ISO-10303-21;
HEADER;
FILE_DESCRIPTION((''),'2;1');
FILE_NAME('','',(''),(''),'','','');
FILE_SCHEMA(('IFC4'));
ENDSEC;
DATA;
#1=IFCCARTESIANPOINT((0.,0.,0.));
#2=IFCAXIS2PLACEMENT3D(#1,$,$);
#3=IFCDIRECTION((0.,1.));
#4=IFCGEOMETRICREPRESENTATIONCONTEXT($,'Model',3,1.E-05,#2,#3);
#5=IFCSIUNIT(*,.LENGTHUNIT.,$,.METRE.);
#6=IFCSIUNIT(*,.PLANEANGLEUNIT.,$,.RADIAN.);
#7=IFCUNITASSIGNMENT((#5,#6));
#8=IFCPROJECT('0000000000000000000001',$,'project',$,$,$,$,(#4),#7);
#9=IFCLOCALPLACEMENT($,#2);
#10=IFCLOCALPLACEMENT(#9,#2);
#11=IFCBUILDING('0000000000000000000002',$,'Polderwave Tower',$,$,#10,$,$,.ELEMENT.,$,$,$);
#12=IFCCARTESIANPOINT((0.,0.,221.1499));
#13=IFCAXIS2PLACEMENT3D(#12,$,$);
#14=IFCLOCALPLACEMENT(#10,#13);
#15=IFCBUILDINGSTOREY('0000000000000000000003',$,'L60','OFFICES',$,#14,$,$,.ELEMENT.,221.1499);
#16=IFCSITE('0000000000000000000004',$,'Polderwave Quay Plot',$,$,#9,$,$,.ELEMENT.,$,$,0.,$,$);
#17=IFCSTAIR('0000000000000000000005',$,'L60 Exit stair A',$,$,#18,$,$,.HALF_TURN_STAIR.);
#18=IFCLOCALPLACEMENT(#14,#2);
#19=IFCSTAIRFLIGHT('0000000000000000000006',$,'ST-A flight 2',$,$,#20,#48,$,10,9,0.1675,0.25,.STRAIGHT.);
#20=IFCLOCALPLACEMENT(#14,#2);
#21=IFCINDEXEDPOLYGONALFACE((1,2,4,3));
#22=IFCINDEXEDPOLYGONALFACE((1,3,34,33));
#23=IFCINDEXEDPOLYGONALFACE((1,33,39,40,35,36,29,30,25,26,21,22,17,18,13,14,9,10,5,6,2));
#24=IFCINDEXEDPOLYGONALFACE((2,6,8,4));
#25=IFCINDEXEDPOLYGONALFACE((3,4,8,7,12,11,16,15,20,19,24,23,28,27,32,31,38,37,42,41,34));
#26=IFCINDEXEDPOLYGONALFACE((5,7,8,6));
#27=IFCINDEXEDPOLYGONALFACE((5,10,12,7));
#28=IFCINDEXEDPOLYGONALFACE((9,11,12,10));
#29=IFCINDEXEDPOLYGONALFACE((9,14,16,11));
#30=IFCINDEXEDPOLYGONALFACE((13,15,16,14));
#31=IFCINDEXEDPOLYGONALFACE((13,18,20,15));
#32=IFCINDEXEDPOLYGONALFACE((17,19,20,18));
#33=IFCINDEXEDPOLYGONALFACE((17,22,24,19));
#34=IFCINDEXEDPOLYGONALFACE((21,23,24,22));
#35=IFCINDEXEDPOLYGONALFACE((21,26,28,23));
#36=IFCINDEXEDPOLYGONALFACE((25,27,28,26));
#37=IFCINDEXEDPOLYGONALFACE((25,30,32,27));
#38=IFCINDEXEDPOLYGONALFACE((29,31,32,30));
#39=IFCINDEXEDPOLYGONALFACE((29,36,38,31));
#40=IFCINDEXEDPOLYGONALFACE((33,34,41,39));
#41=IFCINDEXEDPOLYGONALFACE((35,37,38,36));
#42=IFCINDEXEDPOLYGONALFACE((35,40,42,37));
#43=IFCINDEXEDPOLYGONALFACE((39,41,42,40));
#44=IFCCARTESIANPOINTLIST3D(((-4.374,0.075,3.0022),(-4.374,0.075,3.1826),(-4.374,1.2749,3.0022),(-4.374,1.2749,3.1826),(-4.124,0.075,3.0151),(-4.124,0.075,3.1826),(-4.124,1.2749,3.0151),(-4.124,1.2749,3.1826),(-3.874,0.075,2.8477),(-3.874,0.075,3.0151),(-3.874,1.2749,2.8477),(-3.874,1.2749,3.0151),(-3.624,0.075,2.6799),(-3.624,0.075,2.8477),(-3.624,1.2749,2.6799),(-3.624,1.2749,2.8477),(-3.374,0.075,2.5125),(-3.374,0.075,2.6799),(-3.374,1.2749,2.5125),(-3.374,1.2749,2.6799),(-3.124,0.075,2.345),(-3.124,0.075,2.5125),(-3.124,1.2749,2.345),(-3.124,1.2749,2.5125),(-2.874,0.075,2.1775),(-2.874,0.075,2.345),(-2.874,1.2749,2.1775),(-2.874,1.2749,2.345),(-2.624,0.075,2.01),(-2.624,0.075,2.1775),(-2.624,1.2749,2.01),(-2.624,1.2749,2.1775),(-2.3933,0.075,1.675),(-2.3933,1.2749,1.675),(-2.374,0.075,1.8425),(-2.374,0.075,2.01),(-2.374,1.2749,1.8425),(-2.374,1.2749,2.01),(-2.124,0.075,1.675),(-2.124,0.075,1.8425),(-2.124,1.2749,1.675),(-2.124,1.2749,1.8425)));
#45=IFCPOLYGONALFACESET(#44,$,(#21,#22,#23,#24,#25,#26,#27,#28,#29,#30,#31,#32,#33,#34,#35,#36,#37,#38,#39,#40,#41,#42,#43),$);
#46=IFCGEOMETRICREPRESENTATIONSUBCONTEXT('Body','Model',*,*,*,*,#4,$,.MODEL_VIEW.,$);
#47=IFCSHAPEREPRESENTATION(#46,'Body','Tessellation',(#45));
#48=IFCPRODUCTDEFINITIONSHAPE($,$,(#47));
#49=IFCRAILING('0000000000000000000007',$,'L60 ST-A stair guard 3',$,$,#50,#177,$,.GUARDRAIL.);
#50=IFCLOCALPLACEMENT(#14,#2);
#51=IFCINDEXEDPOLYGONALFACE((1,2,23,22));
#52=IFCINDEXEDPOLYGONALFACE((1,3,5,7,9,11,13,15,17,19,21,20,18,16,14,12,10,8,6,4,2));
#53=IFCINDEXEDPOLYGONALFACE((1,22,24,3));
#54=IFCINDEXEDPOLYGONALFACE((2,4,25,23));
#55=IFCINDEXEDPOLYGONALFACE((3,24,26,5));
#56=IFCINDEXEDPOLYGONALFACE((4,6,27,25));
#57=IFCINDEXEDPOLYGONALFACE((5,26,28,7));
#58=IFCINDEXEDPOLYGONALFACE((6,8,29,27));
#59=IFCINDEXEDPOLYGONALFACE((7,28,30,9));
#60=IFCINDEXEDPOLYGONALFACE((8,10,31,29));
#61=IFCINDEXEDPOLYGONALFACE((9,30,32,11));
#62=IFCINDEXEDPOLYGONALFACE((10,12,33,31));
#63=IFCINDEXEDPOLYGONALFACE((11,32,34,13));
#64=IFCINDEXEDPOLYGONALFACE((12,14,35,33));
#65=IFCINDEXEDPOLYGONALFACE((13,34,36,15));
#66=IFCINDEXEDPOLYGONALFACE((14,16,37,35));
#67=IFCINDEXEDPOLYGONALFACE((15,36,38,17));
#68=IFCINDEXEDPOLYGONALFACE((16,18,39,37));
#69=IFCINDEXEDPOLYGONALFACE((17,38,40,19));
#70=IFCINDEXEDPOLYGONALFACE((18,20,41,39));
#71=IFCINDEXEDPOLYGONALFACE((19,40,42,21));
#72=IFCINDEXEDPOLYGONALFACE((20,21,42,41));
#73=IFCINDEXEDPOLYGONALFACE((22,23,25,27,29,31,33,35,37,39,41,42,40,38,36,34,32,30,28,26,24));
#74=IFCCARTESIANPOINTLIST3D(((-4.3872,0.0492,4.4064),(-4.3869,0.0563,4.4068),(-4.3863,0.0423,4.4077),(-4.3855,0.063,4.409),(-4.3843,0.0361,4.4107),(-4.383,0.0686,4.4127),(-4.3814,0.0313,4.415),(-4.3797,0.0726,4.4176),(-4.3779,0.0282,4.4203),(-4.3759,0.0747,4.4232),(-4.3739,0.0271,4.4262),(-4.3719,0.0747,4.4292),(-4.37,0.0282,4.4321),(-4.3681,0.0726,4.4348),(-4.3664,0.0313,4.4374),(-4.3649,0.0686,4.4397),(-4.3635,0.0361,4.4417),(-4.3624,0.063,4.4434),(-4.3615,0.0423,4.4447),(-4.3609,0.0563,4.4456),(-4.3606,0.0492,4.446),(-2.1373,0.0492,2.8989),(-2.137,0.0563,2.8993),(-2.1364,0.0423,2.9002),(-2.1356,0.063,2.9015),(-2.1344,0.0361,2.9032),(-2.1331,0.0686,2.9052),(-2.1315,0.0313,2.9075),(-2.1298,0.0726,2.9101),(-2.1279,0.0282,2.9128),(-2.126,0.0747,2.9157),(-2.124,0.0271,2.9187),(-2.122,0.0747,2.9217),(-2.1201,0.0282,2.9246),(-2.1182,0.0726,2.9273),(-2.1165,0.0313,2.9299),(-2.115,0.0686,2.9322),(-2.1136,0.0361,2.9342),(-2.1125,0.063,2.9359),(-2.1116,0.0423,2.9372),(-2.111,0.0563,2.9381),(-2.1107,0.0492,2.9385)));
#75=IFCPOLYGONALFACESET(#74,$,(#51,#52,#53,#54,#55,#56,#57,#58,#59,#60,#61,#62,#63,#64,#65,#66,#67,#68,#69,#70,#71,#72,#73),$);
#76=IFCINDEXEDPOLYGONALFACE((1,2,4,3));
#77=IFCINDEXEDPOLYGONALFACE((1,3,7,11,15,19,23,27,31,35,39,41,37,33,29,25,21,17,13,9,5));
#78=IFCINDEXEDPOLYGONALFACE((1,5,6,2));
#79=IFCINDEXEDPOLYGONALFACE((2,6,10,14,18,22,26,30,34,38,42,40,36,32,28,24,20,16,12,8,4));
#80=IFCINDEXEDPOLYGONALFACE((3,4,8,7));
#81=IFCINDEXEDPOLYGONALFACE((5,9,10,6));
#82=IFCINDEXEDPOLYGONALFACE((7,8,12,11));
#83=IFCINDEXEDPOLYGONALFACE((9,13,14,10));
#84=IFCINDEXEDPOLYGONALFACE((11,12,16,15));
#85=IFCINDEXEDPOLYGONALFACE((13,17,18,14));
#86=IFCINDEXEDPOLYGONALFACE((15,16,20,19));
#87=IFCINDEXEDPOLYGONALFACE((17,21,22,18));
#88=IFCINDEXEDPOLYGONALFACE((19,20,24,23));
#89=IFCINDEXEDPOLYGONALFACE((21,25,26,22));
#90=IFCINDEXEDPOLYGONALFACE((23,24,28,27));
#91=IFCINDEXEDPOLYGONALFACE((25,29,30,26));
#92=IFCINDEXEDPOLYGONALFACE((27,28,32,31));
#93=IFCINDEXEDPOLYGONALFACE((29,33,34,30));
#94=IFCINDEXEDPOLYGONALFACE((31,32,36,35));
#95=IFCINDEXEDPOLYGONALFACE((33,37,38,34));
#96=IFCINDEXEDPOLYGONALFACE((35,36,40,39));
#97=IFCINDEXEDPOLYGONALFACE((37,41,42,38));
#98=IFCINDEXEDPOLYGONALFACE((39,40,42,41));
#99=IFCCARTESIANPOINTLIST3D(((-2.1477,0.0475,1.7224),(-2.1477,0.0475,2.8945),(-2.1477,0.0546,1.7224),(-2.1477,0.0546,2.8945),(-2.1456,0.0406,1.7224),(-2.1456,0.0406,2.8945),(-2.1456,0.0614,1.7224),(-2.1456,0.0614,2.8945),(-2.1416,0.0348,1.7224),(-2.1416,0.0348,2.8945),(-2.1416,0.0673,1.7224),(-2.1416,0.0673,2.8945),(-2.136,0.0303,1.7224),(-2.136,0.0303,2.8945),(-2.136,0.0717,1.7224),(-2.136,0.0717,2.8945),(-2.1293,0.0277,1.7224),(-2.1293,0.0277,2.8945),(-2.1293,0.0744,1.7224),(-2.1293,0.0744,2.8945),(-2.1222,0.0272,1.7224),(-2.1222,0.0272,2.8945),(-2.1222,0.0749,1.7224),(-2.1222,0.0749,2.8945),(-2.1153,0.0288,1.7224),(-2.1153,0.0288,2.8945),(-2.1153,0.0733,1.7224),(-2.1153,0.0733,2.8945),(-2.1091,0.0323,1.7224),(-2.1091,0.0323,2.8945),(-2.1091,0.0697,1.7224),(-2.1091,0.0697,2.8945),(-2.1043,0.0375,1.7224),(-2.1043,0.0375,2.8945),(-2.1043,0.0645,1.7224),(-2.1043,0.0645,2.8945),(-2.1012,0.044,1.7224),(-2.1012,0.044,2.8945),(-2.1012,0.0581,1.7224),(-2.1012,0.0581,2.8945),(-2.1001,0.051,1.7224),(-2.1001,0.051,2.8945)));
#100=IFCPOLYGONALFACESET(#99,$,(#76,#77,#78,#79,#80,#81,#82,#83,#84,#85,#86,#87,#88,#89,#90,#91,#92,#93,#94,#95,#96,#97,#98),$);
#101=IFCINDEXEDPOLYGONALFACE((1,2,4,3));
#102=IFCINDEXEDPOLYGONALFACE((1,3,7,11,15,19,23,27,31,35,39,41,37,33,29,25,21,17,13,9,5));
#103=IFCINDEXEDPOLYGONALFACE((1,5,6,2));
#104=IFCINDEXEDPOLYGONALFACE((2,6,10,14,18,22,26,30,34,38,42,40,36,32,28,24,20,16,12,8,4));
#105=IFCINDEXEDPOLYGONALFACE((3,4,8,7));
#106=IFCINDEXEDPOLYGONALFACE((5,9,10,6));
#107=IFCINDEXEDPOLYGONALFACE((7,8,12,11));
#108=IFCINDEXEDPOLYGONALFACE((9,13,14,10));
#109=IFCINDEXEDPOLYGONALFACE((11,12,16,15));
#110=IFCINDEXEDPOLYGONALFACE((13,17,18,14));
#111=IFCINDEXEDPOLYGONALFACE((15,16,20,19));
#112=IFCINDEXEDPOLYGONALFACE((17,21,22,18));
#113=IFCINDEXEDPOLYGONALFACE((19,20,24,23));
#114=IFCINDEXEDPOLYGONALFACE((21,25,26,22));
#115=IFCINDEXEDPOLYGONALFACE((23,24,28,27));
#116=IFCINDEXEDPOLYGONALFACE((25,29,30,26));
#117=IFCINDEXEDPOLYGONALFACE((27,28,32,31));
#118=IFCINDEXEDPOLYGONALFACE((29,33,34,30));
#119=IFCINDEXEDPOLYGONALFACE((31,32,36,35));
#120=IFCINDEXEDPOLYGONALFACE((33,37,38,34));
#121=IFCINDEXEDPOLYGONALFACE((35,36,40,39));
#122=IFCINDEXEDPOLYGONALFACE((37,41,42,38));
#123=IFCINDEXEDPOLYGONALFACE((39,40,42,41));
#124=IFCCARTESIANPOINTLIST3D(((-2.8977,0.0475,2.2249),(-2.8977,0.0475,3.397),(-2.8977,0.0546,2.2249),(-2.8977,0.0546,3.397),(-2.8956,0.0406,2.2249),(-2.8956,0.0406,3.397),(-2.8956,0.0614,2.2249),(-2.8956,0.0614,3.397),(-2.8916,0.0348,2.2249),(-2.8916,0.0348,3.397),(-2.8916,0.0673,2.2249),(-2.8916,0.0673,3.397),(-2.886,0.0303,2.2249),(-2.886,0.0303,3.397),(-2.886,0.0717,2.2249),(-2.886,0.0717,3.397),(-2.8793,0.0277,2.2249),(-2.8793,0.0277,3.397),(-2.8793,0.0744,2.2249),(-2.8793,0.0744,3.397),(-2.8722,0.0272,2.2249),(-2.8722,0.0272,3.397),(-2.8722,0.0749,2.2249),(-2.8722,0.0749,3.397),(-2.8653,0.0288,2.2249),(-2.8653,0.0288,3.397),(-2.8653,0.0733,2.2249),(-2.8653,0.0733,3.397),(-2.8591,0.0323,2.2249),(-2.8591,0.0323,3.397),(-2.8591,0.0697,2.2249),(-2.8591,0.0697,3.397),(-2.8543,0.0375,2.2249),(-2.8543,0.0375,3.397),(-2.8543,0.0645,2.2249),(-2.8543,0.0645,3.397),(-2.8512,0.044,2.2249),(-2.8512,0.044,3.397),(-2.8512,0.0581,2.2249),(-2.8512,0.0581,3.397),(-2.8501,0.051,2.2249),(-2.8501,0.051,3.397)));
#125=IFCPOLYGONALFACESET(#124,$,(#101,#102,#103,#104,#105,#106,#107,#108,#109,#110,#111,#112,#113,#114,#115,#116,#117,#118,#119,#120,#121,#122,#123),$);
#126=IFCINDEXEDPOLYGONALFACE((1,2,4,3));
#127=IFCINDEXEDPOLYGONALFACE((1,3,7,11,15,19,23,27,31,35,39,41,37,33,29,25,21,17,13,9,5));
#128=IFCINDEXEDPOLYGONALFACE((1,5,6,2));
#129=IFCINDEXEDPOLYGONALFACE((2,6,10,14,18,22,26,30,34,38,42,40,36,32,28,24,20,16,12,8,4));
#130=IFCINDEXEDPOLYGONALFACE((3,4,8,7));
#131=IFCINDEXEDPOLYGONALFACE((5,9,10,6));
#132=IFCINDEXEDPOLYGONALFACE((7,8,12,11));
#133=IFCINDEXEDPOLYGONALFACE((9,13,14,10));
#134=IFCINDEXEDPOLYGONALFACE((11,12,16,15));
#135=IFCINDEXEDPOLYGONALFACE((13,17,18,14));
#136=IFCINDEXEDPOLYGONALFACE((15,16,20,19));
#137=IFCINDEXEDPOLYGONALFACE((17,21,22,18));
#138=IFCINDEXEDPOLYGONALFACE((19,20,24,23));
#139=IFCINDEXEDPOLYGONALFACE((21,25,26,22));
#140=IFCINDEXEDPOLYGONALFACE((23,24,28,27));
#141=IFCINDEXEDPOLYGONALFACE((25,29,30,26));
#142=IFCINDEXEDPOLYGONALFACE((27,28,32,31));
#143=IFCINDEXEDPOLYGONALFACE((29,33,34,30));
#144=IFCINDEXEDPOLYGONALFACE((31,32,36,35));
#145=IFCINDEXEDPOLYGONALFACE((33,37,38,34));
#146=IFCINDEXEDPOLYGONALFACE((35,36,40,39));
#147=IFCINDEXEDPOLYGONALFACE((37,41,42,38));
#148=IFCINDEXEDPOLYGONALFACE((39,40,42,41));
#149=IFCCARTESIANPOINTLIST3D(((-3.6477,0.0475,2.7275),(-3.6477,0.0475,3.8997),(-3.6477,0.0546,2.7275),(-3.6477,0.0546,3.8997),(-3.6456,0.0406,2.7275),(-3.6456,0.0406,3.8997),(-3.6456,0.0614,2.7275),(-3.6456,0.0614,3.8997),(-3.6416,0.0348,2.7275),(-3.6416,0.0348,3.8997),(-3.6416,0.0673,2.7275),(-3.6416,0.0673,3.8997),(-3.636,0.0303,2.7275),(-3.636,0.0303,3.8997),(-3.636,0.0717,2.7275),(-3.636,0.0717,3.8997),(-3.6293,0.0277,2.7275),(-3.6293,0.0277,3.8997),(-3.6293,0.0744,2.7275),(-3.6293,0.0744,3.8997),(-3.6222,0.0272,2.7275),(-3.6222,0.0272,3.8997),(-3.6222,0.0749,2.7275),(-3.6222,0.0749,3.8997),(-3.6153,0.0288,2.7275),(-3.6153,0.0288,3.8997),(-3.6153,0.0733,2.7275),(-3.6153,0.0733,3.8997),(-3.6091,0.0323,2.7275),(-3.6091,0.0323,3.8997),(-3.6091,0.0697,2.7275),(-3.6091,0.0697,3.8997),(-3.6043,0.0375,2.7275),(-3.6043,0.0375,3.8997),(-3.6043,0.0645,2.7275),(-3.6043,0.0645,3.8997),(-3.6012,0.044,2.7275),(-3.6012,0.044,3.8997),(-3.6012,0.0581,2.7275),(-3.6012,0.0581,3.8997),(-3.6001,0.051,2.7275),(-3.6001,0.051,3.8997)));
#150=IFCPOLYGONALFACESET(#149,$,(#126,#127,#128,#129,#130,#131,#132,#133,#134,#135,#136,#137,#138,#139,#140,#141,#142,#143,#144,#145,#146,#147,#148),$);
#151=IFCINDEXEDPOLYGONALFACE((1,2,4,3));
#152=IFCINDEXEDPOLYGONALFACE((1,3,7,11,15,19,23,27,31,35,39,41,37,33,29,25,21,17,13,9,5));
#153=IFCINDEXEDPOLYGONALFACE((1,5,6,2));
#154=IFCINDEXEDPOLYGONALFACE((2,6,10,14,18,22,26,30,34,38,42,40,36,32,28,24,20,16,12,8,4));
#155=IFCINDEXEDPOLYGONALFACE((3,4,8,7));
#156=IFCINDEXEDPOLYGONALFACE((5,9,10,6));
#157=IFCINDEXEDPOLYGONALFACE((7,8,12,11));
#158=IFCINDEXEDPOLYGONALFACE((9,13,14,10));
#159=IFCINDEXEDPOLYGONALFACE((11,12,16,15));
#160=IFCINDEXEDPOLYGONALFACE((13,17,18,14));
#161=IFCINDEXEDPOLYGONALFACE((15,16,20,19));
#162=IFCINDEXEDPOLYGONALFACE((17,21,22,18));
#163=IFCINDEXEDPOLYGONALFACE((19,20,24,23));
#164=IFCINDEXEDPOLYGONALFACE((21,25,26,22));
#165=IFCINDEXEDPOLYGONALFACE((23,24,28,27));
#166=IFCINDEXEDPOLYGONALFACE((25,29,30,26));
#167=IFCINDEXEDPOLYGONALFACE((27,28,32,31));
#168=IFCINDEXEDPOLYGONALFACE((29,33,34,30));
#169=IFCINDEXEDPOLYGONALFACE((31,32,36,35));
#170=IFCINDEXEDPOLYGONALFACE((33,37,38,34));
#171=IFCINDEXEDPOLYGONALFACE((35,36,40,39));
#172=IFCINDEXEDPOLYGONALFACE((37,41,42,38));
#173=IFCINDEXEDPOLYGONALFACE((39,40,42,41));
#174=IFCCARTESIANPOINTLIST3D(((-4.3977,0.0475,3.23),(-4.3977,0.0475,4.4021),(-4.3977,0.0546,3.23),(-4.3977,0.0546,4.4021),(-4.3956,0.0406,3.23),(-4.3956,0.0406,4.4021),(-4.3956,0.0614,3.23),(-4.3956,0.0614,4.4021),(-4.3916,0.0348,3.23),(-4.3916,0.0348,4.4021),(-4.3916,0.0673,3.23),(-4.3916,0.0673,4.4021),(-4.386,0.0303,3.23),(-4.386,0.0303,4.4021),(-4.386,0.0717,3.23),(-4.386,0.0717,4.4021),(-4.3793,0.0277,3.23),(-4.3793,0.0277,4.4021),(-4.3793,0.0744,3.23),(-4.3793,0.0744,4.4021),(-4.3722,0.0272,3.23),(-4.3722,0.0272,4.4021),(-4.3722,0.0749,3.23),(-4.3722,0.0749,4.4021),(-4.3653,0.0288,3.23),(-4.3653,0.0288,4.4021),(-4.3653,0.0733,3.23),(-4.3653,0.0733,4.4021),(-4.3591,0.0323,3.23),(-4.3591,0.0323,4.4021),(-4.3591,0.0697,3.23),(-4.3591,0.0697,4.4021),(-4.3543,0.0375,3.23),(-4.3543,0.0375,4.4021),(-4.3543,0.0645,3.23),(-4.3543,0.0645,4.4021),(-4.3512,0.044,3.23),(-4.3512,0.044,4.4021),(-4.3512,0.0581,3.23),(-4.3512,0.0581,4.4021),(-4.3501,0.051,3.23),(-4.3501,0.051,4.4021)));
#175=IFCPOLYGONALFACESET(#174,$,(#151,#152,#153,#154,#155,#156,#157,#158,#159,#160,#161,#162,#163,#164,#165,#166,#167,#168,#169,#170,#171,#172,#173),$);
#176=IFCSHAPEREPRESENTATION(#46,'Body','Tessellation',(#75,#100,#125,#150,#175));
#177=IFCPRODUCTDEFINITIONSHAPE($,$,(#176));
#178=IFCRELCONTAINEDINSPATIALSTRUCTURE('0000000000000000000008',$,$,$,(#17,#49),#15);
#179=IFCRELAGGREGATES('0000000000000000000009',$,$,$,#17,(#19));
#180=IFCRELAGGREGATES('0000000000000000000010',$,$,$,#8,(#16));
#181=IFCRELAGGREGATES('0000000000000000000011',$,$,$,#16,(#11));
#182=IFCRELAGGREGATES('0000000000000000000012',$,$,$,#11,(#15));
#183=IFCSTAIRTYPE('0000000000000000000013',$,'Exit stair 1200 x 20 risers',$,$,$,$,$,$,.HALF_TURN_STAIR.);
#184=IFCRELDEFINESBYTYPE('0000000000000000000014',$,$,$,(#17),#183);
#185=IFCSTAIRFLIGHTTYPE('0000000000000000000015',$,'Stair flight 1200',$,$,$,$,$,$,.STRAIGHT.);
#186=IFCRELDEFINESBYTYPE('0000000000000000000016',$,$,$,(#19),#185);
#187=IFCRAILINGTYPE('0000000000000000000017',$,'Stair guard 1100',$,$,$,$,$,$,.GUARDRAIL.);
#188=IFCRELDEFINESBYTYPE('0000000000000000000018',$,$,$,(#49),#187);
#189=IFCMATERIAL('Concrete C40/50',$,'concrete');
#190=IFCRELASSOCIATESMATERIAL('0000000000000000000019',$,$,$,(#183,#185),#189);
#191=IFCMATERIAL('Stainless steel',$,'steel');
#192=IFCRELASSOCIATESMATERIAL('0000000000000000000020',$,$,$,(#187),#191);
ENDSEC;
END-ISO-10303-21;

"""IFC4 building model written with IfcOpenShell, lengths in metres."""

from ifc_helpers import new_model, si_unit, direction, frame, origin, origin_2d, place, context, subcontext, project, spatial, polyline, circle, outline, extrude, material, type_object, element, aggregate, save


model = new_model("IFC4")

# Units and contexts
model_context = context("Model", 3, precision=1e-05, world=origin(), true_north=direction((0.0, 1.0)))
body_context = subcontext(model_context, "Body", "Model", "MODEL_VIEW")
ifc_project = project(units=[si_unit("LENGTHUNIT", "METRE"), si_unit("PLANEANGLEUNIT", "RADIAN")], contexts=[model_context])

# Site, building, storey
site_placement = place(None, origin())
site = spatial("IfcSite", under=ifc_project, at=site_placement, Name="Polderwave Quay Plot", CompositionType="ELEMENT", RefElevation=0.0)
building_placement = place(site_placement, origin())
building = spatial("IfcBuilding", under=site, at=building_placement, Name="Polderwave Tower", CompositionType="ELEMENT")
storey_placement = place(building_placement, frame((0.0, 0.0, 221.1499)))
storey = spatial("IfcBuildingStorey", under=building, at=storey_placement, Name="L60", Description="OFFICES", CompositionType="ELEMENT", Elevation=221.1499)

# Shared definitions
ifc_material_1 = material(Name="Concrete C40/50", Category="concrete")

# Stair
stair_type = type_object("IfcStairType", Name="Exit stair 1200 x 20 risers", PredefinedType="HALF_TURN_STAIR", material=ifc_material_1)
stair_1_placement = place(storey_placement, origin())
stair_1 = element("IfcStair", 1, at=stair_1_placement, inside=storey, type_object=stair_type, Name="L60 Exit stair A", PredefinedType="HALF_TURN_STAIR")

# Shared definitions
ifc_material_2 = material(Name="Stainless steel", Category="steel")

# Stair flight
stair_flight_type = type_object("IfcStairFlightType", Name="Stair flight 1200", PredefinedType="STRAIGHT", material=ifc_material_1)
stair_flight_placement = place(storey_placement, frame((-2.124, 0.675, 1.675), z_axis=(0.0, 0.0, 1.0), x_axis=(-1.0, 0.0, 0.0)))
stair_flight = element("IfcStairFlight", 2, at=stair_flight_placement, type_object=stair_flight_type, Name="ST-A flight 2", NumberOfRisers=10, NumberOfTreads=9, PredefinedType="STRAIGHT", RiserHeight=0.1675, TreadLength=0.25, context=body_context, shape_type="SweptSolid", body=[
    extrude(outline(polyline([(0.0, 0.0), (0.0, 0.1675), (0.25, 0.1675), (0.25, 0.335), (0.5, 0.335), (0.5, 0.5024), (0.75, 0.5024), (0.75, 0.6699), (1.0, 0.6699), (1.0, 0.8374), (1.25, 0.8374), (1.25, 1.0049), (1.5, 1.0049), (1.5, 1.1726), (1.75, 1.1726), (1.75, 1.3401), (2.0, 1.3401), (2.0, 1.5076), (2.25, 1.5076), (2.25, 1.675), (2.25, 1.3271), (0.2693, 0.0), (0.0, 0.0)])), frame((0.0, 0.6001, 0.0), z_axis=(0.0, -1.0, 0.0), x_axis=(1.0, 0.0, 0.0)), (0.0, 0.0, 1.0), 1.2),
])
aggregate(stair_1, [stair_flight])

# Railing
railing_type_1 = type_object("IfcRailingType", Name="Stair guard 1100", PredefinedType="GUARDRAIL", material=ifc_material_2)
railing_1_placement = place(storey_placement, frame((-2.124, 0.051, 1.7224)))
element("IfcRailing", 3, at=railing_1_placement, inside=storey, type_object=railing_type_1, Name="L60 ST-A stair guard 3", PredefinedType="GUARDRAIL", context=body_context, shape_type="SweptSolid", body=[
    extrude(circle(Radius=0.0239, at=origin_2d()), frame((0.0, 0.0, 1.1963), z_axis=(-0.830758, 0.0, 0.556633), x_axis=(0.0, -1.0, 0.0)), (0.0, 0.0, 1.0), 2.7083),
    extrude(circle(Radius=0.0239, at=origin_2d()), origin(), (0.0, 0.0, 1.0), 1.1721),
    extrude(circle(Radius=0.0239, at=origin_2d()), frame((-0.75, 0.0, 0.5024)), (0.0, 0.0, 1.0), 1.1721),
    extrude(circle(Radius=0.0239, at=origin_2d()), frame((-1.5, 0.0, 1.0051)), (0.0, 0.0, 1.0), 1.1721),
    extrude(circle(Radius=0.0239, at=origin_2d()), frame((-2.25, 0.0, 1.5076)), (0.0, 0.0, 1.0), 1.1721),
])

save(model, "model.ifc")
